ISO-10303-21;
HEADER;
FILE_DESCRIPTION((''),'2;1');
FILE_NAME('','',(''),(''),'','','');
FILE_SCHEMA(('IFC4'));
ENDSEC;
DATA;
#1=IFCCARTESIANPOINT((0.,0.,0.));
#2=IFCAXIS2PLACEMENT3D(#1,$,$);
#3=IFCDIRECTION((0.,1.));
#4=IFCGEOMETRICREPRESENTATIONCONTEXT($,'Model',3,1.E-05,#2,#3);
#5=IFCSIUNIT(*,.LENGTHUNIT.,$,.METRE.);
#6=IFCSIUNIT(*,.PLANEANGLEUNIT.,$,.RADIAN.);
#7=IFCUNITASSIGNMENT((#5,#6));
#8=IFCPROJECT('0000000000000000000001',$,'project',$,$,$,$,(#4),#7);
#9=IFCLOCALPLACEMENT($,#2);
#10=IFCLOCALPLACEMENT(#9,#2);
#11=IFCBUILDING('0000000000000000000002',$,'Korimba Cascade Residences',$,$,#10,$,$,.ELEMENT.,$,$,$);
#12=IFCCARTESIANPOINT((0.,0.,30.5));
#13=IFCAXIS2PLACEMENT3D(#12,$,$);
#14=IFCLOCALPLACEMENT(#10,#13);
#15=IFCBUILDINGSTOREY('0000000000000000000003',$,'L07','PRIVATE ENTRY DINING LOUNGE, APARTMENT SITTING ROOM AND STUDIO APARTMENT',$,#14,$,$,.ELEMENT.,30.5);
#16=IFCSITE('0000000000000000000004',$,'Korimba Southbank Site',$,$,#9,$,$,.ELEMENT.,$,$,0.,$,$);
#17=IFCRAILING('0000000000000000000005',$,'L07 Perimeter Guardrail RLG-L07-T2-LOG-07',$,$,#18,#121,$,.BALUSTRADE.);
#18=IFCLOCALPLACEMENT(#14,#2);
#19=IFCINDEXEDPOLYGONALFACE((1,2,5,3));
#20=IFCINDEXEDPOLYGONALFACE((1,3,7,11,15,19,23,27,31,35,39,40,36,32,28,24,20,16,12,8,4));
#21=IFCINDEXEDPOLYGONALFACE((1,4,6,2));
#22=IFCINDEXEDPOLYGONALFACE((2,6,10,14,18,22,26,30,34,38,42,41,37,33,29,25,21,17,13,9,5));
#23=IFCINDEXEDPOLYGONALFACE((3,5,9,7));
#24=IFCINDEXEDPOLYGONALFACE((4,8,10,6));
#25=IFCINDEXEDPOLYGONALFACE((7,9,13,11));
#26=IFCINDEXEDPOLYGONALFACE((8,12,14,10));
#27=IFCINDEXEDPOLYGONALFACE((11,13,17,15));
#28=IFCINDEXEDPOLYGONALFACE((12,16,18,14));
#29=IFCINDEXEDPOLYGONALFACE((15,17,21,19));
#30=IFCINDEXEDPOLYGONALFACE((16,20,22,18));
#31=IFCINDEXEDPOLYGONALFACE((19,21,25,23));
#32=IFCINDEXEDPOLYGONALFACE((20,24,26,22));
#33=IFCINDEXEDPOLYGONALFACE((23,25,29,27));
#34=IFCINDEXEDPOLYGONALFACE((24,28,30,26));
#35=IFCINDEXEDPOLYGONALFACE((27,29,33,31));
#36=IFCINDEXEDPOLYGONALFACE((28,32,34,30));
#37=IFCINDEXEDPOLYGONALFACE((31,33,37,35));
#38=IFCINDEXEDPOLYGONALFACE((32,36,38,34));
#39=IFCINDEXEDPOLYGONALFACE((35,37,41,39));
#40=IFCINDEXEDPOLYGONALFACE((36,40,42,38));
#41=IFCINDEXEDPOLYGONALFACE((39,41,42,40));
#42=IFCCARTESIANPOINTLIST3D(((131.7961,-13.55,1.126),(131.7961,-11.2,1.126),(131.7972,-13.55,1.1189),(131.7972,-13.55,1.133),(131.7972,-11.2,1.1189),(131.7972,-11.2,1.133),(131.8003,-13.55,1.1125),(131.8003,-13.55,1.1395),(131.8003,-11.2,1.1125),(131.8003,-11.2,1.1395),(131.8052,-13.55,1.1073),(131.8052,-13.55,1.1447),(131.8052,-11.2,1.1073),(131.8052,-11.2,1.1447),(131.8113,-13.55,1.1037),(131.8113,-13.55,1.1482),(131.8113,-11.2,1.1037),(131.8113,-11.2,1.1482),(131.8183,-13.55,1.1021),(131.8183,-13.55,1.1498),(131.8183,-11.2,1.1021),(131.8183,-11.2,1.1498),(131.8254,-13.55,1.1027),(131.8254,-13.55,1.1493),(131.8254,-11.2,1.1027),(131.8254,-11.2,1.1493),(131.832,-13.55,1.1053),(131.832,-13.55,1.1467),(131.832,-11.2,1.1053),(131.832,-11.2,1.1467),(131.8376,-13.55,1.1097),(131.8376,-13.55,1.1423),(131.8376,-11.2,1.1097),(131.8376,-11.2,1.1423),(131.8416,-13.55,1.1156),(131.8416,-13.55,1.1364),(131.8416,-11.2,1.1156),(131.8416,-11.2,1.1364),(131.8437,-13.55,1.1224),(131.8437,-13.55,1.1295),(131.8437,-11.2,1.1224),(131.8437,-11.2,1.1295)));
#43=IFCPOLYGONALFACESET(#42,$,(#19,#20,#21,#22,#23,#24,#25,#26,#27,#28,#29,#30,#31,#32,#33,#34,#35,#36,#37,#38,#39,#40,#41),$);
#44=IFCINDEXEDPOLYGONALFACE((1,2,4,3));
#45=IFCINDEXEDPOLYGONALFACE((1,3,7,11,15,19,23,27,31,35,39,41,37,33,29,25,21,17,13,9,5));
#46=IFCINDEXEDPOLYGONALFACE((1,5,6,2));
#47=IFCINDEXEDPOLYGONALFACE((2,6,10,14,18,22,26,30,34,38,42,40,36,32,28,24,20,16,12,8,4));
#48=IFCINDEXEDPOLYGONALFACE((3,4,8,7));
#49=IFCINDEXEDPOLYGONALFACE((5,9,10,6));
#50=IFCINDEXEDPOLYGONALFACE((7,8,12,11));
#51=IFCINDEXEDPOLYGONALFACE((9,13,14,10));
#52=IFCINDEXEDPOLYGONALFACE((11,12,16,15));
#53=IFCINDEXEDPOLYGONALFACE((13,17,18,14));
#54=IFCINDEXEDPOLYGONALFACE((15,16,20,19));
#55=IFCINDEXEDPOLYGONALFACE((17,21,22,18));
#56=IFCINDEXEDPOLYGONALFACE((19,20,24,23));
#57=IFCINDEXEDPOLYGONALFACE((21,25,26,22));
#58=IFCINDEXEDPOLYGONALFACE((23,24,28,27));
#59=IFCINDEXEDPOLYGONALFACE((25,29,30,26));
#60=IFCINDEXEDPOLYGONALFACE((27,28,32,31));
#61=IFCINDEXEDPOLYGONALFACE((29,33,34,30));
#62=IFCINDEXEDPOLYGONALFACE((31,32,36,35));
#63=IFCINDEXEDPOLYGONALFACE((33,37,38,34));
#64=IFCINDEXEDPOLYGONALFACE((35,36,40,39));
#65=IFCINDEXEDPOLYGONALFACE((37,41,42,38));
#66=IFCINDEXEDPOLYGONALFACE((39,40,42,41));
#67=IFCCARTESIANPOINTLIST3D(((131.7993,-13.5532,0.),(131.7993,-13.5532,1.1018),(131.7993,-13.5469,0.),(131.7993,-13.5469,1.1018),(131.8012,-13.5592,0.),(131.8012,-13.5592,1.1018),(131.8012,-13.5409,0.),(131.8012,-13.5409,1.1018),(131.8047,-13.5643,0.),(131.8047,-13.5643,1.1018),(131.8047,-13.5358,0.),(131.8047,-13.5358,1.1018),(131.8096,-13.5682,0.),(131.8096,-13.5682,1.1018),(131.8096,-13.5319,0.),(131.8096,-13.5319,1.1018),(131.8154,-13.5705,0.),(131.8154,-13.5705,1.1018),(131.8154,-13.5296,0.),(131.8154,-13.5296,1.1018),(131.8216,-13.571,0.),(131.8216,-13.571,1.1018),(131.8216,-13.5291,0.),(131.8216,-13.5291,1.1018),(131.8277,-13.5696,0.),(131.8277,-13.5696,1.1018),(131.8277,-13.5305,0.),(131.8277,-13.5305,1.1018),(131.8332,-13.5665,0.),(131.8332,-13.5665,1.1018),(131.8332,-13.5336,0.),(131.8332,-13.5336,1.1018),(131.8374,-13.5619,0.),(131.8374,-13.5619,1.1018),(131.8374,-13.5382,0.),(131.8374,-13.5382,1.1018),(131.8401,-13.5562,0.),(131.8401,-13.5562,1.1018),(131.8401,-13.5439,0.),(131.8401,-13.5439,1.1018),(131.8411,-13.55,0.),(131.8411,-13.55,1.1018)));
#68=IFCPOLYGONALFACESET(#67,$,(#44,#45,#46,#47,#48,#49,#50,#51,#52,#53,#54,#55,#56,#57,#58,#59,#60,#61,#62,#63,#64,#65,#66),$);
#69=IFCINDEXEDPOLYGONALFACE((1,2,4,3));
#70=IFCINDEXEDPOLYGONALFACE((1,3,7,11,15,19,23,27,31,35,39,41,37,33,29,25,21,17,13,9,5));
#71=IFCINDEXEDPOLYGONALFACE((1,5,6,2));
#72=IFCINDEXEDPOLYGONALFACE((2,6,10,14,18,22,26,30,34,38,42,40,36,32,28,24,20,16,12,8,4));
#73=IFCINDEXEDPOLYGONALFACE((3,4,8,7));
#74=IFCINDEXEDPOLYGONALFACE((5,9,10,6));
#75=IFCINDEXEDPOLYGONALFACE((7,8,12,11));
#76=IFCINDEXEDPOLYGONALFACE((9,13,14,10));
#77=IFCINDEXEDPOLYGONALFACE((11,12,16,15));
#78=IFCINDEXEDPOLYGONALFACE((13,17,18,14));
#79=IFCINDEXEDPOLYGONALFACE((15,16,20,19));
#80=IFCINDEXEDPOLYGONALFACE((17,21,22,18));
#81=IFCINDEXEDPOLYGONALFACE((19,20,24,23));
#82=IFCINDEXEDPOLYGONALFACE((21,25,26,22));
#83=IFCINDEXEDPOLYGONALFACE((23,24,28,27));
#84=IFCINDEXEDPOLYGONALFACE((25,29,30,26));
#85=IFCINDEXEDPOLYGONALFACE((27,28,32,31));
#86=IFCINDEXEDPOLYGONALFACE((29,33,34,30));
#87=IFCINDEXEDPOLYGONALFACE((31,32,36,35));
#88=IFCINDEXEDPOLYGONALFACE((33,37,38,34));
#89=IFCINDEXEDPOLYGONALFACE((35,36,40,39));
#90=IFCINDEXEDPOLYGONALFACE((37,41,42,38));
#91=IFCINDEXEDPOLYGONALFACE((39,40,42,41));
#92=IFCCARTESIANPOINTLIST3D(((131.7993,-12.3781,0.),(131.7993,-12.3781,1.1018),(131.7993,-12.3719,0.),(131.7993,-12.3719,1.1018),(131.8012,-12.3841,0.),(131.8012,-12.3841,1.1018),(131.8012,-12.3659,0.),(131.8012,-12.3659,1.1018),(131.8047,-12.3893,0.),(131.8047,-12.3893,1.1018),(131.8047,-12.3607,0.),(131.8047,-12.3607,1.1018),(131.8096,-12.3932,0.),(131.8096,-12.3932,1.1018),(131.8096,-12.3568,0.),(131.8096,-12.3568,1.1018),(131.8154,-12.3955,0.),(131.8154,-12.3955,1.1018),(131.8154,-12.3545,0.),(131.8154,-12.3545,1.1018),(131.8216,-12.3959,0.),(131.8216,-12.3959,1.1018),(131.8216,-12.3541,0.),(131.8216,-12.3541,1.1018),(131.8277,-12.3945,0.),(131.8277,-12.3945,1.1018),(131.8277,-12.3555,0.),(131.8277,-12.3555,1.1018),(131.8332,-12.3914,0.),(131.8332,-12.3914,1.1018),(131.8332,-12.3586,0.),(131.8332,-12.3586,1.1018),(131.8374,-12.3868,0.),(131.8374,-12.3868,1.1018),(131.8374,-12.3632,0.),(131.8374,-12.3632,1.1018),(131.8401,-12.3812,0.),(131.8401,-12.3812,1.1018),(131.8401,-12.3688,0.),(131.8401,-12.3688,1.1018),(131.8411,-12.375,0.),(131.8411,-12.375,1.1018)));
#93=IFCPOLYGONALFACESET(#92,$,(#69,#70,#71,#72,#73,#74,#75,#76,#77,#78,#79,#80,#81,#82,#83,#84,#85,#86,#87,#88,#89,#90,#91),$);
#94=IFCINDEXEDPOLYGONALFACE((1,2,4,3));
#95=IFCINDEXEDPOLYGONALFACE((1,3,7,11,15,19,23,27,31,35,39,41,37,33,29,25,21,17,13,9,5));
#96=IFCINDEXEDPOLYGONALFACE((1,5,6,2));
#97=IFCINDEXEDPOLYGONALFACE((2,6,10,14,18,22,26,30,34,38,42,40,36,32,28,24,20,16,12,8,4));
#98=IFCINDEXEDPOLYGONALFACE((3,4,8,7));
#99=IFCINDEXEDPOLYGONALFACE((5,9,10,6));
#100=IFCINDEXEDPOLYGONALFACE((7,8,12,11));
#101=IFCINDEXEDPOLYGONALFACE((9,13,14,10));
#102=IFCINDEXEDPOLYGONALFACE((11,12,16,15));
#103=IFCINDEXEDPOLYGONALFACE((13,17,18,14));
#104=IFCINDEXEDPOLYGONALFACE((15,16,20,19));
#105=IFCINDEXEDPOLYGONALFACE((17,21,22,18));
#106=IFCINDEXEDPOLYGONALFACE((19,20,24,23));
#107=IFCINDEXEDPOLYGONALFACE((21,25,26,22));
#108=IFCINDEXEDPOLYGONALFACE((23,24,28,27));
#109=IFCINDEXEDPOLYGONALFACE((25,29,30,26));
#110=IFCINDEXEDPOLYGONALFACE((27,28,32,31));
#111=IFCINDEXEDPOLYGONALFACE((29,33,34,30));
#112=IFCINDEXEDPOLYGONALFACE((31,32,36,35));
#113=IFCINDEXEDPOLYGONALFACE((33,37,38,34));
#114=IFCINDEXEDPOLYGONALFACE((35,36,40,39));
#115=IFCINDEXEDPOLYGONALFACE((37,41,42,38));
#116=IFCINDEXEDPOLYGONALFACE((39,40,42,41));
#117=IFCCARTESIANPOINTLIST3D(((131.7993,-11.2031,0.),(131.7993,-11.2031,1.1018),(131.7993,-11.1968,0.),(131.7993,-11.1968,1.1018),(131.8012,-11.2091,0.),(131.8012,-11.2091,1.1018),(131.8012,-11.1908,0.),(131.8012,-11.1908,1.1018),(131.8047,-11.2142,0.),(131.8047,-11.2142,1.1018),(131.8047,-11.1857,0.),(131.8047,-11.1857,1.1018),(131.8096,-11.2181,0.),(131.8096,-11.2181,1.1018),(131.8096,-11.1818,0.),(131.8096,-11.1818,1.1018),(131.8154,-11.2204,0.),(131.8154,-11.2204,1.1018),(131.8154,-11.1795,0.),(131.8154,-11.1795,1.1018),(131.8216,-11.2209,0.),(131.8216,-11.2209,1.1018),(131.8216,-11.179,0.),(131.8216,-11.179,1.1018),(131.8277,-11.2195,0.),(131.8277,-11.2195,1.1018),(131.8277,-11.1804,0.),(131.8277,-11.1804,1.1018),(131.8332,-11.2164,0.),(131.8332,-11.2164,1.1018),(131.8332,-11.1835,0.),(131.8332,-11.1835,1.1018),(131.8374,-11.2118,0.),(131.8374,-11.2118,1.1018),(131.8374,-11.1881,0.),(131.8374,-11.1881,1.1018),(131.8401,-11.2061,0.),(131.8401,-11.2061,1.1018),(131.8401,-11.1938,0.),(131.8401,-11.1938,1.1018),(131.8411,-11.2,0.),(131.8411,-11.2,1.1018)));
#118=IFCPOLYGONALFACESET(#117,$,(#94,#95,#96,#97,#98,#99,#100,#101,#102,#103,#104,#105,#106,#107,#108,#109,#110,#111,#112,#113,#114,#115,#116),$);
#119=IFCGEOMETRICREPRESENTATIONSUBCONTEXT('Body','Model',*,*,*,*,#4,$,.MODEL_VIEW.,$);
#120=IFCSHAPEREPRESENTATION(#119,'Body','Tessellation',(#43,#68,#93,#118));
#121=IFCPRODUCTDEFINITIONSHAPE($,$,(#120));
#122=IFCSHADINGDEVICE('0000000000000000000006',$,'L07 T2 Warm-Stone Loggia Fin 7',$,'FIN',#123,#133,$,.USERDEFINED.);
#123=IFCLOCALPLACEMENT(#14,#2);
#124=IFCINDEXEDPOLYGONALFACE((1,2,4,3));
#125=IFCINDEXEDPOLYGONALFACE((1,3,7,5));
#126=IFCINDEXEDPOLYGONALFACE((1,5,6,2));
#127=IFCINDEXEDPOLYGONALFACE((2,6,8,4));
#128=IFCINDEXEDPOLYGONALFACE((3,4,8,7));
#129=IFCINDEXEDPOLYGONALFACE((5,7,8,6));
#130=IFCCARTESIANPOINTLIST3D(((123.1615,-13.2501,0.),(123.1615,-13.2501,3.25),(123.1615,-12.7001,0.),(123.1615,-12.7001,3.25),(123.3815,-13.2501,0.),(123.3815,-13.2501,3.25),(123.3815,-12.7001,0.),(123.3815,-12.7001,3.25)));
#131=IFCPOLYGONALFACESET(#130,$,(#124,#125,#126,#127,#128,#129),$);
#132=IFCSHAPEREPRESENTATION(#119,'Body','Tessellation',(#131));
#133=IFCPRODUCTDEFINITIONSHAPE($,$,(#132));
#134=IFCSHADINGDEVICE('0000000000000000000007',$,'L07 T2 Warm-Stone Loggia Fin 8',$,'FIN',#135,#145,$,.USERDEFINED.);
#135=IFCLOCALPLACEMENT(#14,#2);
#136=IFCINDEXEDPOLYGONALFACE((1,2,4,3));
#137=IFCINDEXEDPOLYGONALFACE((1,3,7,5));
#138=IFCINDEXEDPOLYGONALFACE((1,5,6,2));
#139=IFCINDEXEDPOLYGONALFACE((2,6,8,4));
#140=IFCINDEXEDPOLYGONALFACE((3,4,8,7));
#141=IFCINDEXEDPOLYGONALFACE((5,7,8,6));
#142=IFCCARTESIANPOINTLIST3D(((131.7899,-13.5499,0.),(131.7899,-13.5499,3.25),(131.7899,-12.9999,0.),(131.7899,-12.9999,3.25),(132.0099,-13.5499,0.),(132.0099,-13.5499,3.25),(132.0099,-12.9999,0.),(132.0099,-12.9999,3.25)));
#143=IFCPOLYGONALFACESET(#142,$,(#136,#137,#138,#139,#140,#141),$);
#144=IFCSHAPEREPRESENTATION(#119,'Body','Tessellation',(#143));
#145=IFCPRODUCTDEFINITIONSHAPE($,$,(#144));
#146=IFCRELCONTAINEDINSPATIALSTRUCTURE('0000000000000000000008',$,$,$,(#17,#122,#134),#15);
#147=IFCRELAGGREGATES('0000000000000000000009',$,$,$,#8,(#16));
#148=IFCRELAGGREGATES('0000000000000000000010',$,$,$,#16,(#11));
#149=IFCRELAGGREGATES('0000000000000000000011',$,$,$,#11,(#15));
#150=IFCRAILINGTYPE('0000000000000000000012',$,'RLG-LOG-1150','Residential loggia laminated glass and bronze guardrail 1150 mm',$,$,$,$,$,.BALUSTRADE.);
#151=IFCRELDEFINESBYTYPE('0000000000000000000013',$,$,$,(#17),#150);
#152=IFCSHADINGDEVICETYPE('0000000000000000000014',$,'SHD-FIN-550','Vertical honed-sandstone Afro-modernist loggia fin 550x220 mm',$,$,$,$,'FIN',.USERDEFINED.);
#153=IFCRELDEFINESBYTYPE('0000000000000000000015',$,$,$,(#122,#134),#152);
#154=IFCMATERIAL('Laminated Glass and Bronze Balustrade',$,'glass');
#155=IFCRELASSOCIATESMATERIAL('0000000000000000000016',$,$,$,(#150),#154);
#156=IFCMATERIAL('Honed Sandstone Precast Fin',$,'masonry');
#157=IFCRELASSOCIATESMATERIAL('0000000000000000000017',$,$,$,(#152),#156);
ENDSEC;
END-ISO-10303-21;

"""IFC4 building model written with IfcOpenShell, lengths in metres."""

from ifc_helpers import new_model, si_unit, direction, frame, origin, origin_2d, place, context, subcontext, project, spatial, rectangle, circle, extrude, material, type_object, element, save


model = new_model("IFC4")

# Units and contexts
model_context = context("Model", 3, precision=1e-05, world=origin(), true_north=direction((0.0, 1.0)))
body_context = subcontext(model_context, "Body", "Model", "MODEL_VIEW")
ifc_project = project(units=[si_unit("LENGTHUNIT", "METRE"), si_unit("PLANEANGLEUNIT", "RADIAN")], contexts=[model_context])

# Site, building, storey
site_placement = place(None, origin())
site = spatial("IfcSite", under=ifc_project, at=site_placement, Name="Korimba Southbank Site", CompositionType="ELEMENT", RefElevation=0.0)
building_placement = place(site_placement, origin())
building = spatial("IfcBuilding", under=site, at=building_placement, Name="Korimba Cascade Residences", CompositionType="ELEMENT")
storey_placement = place(building_placement, frame((0.0, 0.0, 30.5)))
storey = spatial("IfcBuildingStorey", under=building, at=storey_placement, Name="L07", Description="PRIVATE ENTRY DINING LOUNGE, APARTMENT SITTING ROOM AND STUDIO APARTMENT", CompositionType="ELEMENT", Elevation=30.5)

# Railing
ifc_material_1 = material(Name="Laminated Glass and Bronze Balustrade", Category="glass")
railing_type = type_object("IfcRailingType", Name="RLG-LOG-1150", Description="Residential loggia laminated glass and bronze guardrail 1150 mm", PredefinedType="BALUSTRADE", material=ifc_material_1)
railing_1_placement = place(storey_placement, frame((131.8201, -13.55, 0.0)))
element("IfcRailing", 1, at=railing_1_placement, inside=storey, type_object=railing_type, Name="L07 Perimeter Guardrail RLG-L07-T2-LOG-07", PredefinedType="BALUSTRADE", context=body_context, shape_type="SweptSolid", body=[
    extrude(circle(Radius=0.0239, at=origin_2d()), frame((0.0, 0.0, 1.126), z_axis=(0.0, 1.0, 0.0), x_axis=(-1.0, 0.0, 0.0)), (0.0, 0.0, 1.0), 2.3501),
    extrude(circle(Radius=0.021, at=origin_2d()), origin(), (0.0, 0.0, 1.0), 1.1018),
    extrude(circle(Radius=0.021, at=origin_2d()), frame((0.0, 1.175, 0.0)), (0.0, 0.0, 1.0), 1.1018),
    extrude(circle(Radius=0.021, at=origin_2d()), frame((0.0, 2.3501, 0.0)), (0.0, 0.0, 1.0), 1.1018),
])

# Shading devices
ifc_material_2 = material(Name="Honed Sandstone Precast Fin", Category="masonry")
shading_device_type = type_object("IfcShadingDeviceType", Name="SHD-FIN-550", Description="Vertical honed-sandstone Afro-modernist loggia fin 550x220 mm", ElementType="FIN", PredefinedType="USERDEFINED", material=ifc_material_2)
for number, where, z_axis, x_axis, name in (
    (2, (123.2715, -12.9751, 0.0), (0.0, 0.0, 1.0), (1.0, 0.0, 0.0), "L07 T2 Warm-Stone Loggia Fin 7"),
    (3, (131.8999, -13.2749, 0.0), (0.0, 0.0, 1.0), (1.0, 0.0, 0.0), "L07 T2 Warm-Stone Loggia Fin 8"),
):
    element("IfcShadingDevice", number, at=place(storey_placement, frame(where, z_axis=z_axis, x_axis=x_axis)), inside=storey, type_object=shading_device_type, Name=name, ObjectType="FIN", PredefinedType="USERDEFINED", context=body_context, shape_type="SweptSolid", body=[
        extrude(rectangle(XDim=0.22, YDim=0.55, at=origin_2d()), origin(), (0.0, 0.0, 1.0), 3.25),
    ])

save(model, "model.ifc")
